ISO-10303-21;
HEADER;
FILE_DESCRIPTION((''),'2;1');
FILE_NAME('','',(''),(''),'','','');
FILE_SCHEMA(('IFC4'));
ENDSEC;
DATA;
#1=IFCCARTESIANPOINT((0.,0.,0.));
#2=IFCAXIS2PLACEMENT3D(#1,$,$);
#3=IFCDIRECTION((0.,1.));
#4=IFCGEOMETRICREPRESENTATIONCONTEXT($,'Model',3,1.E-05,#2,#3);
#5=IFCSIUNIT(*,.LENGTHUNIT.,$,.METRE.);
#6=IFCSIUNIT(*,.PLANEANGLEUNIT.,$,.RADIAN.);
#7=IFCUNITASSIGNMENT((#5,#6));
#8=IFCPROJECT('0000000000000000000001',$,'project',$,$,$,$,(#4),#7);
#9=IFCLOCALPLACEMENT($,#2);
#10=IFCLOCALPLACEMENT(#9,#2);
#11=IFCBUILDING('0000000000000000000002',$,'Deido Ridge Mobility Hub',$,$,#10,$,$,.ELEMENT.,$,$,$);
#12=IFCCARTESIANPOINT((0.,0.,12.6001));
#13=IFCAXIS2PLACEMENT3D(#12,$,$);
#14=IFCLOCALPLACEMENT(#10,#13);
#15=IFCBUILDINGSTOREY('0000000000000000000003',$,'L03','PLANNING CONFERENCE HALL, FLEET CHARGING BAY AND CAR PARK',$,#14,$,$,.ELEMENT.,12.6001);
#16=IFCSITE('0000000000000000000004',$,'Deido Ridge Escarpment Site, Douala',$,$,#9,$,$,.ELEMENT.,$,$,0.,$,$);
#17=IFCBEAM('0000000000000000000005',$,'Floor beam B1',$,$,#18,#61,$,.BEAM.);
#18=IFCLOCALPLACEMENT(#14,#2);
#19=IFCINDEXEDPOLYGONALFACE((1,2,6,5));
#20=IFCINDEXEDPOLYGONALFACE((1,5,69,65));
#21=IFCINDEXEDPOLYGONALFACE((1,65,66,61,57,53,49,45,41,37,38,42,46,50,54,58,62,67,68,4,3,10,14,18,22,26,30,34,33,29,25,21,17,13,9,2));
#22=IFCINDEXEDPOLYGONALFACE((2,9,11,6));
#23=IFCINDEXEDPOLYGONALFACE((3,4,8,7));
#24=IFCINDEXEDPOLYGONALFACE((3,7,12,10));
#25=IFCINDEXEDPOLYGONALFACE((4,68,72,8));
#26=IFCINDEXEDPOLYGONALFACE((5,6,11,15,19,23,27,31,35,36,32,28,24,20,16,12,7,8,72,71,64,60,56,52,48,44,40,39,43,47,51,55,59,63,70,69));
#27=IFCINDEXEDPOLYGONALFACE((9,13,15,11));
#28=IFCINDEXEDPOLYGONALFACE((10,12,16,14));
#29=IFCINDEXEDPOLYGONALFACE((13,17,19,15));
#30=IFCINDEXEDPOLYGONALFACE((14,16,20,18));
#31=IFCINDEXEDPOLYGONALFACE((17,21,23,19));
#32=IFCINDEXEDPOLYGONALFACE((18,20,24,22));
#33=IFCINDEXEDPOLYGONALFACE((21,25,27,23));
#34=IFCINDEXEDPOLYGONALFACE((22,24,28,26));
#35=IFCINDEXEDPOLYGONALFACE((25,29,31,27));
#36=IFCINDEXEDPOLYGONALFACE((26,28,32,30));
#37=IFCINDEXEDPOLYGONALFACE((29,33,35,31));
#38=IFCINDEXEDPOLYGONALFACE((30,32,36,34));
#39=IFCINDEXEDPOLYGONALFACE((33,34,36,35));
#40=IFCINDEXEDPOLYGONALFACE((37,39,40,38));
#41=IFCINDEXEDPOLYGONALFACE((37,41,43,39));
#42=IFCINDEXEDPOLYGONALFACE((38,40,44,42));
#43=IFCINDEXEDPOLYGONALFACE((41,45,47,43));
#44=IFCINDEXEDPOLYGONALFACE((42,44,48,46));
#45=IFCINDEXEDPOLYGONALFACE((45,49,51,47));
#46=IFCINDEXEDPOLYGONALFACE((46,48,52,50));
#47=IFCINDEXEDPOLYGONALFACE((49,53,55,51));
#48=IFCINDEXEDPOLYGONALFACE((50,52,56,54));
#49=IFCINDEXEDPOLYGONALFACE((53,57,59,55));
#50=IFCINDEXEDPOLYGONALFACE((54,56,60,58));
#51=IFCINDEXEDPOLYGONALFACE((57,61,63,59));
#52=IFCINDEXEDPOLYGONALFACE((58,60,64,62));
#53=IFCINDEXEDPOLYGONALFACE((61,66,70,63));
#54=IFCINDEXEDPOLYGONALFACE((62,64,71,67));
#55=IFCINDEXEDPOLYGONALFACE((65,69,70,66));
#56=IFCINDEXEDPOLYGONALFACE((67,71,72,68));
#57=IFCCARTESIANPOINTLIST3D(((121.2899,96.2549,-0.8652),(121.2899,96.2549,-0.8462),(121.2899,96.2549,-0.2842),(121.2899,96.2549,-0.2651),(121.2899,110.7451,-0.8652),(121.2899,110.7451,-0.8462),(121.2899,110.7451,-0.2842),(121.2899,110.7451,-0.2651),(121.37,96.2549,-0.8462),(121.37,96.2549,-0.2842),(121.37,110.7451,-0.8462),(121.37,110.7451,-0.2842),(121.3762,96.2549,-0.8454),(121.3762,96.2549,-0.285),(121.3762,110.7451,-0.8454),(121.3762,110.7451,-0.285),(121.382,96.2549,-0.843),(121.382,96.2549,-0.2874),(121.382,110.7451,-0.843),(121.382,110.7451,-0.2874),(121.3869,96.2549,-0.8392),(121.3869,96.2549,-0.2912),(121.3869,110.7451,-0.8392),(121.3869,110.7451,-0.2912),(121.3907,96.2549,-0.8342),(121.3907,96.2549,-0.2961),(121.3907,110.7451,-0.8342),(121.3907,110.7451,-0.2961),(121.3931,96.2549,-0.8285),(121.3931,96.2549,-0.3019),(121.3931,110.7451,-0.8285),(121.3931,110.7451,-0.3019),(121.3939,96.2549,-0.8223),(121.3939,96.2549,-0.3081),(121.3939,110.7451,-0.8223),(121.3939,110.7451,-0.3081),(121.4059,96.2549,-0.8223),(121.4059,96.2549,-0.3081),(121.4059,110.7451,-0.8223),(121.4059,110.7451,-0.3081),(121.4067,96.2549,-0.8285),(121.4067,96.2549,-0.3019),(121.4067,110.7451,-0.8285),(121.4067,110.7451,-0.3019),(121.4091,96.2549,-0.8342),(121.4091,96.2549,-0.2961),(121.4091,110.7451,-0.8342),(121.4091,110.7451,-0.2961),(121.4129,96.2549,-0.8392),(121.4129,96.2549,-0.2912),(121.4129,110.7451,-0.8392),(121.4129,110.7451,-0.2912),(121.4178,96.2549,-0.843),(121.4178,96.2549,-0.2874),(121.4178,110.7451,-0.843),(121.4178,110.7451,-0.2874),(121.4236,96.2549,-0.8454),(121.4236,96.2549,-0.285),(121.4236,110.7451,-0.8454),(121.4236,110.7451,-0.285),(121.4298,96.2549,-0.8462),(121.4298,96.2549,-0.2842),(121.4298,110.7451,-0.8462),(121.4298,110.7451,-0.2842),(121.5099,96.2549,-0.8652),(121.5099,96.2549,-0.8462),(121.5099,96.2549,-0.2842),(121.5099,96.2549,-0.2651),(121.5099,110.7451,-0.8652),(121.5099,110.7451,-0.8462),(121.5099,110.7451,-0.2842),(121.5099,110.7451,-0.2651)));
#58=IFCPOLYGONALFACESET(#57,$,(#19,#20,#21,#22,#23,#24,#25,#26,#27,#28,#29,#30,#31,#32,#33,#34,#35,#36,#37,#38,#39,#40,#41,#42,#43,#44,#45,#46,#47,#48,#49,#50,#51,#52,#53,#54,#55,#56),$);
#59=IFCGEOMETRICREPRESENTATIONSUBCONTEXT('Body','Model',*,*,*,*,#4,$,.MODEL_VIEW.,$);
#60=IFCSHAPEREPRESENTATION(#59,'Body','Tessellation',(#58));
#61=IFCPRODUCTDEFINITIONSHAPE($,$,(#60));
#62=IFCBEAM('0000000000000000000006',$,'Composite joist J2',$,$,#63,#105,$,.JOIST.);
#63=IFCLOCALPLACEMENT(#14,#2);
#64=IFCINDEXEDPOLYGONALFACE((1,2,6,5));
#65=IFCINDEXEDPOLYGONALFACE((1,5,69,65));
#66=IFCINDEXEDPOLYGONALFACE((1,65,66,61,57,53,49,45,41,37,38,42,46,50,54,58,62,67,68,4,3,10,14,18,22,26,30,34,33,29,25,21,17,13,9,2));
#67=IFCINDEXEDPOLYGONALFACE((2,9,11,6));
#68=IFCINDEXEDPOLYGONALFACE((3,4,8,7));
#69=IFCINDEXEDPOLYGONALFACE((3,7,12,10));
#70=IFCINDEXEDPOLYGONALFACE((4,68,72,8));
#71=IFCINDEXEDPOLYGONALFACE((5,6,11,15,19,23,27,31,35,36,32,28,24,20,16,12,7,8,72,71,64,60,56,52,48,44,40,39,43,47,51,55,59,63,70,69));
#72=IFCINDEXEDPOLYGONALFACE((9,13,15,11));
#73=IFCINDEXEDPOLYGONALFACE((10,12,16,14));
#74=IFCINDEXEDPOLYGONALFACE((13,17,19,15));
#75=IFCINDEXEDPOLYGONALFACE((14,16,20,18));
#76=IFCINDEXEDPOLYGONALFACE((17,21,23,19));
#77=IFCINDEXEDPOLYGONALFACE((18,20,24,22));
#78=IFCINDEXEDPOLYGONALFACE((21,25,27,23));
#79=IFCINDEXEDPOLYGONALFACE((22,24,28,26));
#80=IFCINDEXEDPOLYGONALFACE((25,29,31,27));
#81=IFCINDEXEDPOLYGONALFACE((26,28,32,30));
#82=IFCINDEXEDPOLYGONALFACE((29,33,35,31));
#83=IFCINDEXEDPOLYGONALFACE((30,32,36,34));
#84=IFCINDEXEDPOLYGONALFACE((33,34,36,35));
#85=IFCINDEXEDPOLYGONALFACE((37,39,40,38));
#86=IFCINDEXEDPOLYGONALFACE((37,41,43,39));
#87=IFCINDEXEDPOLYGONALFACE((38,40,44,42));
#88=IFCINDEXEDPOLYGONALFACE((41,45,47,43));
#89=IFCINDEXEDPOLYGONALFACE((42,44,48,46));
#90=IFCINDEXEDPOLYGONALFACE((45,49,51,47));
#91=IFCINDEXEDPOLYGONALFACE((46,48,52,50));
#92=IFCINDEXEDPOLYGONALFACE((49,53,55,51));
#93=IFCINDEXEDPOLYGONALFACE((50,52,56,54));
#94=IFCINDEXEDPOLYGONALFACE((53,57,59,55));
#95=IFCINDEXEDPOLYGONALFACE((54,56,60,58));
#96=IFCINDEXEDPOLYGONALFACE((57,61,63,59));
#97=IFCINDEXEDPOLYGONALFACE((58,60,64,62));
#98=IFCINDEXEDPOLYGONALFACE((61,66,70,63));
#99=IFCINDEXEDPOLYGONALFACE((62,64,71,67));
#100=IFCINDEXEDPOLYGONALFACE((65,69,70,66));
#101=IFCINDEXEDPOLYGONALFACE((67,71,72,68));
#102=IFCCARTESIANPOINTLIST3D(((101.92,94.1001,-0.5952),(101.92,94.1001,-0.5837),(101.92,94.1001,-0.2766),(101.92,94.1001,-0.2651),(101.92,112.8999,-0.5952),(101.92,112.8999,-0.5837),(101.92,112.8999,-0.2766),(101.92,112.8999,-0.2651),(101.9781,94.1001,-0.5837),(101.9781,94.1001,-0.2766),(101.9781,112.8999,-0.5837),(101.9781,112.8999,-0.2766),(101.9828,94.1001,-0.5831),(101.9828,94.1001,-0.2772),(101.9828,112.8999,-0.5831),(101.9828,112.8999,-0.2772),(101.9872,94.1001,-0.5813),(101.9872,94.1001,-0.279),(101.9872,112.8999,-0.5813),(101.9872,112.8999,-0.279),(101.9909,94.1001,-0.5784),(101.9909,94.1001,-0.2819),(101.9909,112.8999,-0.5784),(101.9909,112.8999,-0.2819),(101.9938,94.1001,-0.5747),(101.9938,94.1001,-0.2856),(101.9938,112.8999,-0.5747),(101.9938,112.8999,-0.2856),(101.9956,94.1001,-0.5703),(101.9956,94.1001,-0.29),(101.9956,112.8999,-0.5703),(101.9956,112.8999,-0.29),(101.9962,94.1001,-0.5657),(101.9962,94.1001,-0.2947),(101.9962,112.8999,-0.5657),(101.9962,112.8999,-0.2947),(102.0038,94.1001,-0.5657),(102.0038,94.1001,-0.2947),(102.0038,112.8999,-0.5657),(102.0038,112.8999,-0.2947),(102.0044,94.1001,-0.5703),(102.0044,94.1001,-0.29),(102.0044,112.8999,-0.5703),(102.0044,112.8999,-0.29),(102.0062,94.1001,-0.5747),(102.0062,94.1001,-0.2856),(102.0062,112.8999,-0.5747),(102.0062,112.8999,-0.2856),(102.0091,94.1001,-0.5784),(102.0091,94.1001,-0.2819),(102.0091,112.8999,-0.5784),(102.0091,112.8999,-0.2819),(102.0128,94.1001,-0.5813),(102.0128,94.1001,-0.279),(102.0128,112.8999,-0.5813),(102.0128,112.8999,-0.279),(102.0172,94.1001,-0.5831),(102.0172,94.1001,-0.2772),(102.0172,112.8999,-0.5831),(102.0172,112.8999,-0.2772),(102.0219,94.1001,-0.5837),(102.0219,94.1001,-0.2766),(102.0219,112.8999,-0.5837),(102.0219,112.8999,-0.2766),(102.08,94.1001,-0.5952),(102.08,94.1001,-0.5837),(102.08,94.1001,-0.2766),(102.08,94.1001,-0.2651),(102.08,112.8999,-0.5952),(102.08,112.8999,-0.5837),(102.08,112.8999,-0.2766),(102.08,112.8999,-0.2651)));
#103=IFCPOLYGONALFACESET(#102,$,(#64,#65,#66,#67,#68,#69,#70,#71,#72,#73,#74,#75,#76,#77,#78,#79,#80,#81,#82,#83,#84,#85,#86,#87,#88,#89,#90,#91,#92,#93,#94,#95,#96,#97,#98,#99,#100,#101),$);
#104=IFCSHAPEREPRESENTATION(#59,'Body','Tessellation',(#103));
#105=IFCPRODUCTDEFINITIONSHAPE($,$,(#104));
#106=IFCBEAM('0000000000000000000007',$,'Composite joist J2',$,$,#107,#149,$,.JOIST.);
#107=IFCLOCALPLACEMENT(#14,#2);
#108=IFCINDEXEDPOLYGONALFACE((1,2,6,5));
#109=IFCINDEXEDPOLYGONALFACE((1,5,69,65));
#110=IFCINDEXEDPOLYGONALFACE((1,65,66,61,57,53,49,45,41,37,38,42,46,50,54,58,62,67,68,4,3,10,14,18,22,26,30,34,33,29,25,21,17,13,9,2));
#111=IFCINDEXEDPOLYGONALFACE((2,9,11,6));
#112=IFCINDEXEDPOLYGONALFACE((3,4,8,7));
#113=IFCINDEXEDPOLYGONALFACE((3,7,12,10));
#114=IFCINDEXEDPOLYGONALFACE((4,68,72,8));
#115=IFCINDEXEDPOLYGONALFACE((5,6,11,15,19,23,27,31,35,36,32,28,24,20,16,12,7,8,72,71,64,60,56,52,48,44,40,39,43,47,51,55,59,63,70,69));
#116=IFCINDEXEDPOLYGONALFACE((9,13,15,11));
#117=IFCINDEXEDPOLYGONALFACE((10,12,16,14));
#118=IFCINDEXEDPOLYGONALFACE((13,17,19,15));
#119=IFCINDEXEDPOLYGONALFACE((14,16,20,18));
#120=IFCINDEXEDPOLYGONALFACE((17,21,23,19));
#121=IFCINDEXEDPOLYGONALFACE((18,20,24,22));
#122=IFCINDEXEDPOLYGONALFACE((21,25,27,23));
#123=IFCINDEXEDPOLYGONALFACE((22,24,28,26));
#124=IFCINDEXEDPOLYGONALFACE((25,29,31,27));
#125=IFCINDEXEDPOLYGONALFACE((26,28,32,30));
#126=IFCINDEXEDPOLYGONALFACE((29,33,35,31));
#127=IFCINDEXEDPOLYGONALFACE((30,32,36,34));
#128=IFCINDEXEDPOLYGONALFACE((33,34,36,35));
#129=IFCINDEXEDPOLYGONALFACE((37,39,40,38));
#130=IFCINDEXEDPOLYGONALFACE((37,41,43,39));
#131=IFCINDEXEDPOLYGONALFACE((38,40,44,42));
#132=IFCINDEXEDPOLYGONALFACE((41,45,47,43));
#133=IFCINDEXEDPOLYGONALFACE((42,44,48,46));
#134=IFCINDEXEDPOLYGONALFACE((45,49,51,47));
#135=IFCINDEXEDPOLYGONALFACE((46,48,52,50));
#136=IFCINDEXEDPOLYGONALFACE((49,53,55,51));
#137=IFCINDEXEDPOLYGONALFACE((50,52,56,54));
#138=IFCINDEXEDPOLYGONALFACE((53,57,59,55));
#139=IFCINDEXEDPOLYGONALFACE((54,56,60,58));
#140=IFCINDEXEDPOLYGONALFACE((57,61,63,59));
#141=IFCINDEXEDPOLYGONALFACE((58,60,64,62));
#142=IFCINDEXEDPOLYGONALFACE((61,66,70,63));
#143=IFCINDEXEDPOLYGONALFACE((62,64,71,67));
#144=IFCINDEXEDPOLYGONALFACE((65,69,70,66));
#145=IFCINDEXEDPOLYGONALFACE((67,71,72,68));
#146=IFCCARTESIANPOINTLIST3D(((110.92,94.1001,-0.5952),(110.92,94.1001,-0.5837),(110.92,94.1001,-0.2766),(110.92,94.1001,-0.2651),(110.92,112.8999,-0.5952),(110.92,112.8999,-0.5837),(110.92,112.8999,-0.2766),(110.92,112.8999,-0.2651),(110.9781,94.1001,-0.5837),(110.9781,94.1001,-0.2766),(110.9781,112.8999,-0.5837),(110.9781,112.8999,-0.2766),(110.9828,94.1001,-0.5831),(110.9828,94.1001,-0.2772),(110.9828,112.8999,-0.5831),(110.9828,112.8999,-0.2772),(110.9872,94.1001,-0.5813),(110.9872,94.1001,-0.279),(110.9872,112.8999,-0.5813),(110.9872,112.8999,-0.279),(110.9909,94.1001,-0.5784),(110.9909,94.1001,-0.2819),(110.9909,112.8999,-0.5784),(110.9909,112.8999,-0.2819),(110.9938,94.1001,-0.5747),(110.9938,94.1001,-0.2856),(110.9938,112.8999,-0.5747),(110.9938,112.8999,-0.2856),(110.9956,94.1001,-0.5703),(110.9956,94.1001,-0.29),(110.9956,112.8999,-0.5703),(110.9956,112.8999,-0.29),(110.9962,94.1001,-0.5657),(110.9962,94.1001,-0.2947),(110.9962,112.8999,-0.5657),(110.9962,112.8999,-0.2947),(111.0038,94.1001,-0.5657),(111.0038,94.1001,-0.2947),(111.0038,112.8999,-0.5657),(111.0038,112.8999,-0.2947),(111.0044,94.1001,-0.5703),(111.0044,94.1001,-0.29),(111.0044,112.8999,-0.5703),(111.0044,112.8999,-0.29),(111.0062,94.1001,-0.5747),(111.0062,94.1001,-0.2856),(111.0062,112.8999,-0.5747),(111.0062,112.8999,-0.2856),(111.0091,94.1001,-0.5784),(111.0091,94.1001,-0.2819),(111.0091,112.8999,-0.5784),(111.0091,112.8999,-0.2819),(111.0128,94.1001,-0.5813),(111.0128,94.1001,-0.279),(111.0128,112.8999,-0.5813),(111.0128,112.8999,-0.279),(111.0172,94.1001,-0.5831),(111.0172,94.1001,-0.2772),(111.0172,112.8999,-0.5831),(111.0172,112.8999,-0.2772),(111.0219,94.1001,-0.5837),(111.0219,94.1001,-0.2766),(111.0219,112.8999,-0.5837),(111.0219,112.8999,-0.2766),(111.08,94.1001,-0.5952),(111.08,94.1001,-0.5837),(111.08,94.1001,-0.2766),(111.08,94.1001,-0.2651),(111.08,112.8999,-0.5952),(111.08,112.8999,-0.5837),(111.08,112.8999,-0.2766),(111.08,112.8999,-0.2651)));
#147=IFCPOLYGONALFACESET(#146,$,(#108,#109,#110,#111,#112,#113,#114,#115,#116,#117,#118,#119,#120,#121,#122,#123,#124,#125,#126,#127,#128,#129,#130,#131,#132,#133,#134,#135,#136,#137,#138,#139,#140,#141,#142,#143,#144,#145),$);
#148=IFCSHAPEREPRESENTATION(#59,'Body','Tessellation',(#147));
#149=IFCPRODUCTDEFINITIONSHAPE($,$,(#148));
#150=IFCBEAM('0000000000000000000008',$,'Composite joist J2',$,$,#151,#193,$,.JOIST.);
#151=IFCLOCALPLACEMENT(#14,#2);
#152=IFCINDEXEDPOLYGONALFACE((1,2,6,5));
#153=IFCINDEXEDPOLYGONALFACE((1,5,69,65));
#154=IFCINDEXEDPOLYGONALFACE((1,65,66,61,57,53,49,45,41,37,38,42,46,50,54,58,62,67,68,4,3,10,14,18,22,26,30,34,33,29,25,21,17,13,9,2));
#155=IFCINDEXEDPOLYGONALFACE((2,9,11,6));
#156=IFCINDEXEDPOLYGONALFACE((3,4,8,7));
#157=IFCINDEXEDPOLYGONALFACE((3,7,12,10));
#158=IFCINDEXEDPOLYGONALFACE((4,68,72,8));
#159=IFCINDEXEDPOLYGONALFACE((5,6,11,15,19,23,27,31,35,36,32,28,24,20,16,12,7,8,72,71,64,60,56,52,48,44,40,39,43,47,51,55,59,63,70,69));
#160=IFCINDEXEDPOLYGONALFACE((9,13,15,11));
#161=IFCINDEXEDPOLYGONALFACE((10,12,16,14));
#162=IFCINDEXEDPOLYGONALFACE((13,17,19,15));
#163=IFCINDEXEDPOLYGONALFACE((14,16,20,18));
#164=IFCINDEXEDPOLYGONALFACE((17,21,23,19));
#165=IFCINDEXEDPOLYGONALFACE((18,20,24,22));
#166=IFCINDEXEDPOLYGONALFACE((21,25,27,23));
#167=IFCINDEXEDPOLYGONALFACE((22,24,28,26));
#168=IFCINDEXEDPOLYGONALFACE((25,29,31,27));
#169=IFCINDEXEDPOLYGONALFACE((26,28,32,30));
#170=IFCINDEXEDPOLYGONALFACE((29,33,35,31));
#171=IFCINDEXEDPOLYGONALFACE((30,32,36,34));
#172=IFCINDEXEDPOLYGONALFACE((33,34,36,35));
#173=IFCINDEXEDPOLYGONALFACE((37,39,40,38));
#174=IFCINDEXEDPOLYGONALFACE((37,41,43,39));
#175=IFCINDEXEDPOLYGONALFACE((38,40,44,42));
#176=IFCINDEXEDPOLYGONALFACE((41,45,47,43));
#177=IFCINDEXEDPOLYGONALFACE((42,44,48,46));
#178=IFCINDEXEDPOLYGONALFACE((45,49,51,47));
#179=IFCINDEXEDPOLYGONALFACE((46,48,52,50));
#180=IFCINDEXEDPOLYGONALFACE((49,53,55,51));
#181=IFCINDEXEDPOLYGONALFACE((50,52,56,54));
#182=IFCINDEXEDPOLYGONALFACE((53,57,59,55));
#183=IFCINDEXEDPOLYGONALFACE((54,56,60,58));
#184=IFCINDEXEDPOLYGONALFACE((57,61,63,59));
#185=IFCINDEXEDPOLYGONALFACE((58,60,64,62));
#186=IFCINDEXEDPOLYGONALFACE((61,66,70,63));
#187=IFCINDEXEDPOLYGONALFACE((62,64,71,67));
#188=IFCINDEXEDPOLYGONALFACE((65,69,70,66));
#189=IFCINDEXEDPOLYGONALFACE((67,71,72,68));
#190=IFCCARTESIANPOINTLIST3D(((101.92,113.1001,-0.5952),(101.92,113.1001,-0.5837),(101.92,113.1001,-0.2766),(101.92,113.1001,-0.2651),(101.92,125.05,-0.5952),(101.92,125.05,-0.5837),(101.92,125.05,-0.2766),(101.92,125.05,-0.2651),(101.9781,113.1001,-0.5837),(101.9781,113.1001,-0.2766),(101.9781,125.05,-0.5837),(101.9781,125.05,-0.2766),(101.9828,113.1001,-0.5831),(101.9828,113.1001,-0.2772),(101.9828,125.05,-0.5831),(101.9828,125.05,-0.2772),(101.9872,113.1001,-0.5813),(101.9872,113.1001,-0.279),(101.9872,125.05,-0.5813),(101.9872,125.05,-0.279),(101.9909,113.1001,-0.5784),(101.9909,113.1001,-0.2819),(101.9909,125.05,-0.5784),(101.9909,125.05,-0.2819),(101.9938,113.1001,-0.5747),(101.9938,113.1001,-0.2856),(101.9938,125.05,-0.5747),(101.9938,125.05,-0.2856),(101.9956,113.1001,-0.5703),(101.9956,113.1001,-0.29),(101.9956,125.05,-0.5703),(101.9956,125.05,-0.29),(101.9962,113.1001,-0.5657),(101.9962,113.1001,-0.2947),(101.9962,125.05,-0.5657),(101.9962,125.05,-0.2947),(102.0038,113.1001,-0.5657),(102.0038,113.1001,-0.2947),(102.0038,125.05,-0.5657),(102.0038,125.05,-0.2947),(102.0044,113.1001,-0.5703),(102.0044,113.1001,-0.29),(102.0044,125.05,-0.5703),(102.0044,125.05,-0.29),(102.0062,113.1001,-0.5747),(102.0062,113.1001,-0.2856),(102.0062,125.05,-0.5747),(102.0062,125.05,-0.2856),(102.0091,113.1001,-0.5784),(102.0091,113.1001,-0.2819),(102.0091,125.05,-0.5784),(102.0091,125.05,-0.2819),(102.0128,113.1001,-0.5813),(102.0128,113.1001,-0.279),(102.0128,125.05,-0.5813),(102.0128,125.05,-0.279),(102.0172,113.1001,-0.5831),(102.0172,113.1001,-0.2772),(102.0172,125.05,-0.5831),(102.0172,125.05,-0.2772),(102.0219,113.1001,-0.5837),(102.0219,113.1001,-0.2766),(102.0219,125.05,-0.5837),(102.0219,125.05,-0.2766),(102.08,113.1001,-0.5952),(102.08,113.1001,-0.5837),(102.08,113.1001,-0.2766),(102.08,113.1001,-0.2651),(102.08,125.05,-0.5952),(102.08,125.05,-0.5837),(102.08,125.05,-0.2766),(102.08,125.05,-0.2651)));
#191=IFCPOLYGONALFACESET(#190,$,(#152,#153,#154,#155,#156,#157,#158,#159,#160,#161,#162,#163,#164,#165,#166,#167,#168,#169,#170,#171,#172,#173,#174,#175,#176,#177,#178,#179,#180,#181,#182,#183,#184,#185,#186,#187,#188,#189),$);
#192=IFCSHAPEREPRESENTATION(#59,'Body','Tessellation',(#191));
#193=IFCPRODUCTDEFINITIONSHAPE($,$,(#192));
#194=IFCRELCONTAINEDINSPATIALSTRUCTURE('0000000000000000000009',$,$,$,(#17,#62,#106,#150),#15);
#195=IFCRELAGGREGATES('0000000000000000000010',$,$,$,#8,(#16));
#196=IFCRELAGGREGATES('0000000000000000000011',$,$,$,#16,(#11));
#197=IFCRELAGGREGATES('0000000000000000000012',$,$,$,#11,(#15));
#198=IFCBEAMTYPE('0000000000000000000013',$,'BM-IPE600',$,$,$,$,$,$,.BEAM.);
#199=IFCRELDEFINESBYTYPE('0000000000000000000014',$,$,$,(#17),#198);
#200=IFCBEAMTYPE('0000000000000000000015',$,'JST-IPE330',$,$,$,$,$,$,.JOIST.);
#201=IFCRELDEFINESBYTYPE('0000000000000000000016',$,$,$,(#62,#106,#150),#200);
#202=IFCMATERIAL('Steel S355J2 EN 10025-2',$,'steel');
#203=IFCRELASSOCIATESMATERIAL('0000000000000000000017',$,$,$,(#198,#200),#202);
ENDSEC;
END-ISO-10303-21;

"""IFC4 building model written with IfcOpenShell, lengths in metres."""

from ifc_helpers import new_model, si_unit, direction, frame, origin, origin_2d, place, context, subcontext, project, spatial, i_section, extrude, material, material_profile, profile_set, type_object, element, save


model = new_model("IFC4")

# Units and contexts
model_context = context("Model", 3, precision=1e-05, world=origin(), true_north=direction((0.0, 1.0)))
body_context = subcontext(model_context, "Body", "Model", "MODEL_VIEW")
ifc_project = project(units=[si_unit("LENGTHUNIT", "METRE"), si_unit("PLANEANGLEUNIT", "RADIAN")], contexts=[model_context])

# Site, building, storey
site_placement = place(None, origin())
site = spatial("IfcSite", under=ifc_project, at=site_placement, Name="Deido Ridge Escarpment Site, Douala", CompositionType="ELEMENT", RefElevation=0.0)
building_placement = place(site_placement, origin())
building = spatial("IfcBuilding", under=site, at=building_placement, Name="Deido Ridge Mobility Hub", CompositionType="ELEMENT")
storey_placement = place(building_placement, frame((0.0, 0.0, 12.6001)))
storey = spatial("IfcBuildingStorey", under=building, at=storey_placement, Name="L03", Description="PLANNING CONFERENCE HALL, FLEET CHARGING BAY AND CAR PARK", CompositionType="ELEMENT", Elevation=12.6001)

# Shared definitions
ifc_material_1 = material(Name="Steel S355J2 EN 10025-2", Category="steel")

# Beams
ifc_material_profile_1 = material_profile(ifc_material_1, i_section(OverallWidth=0.22, OverallDepth=0.6001, WebThickness=0.012, FlangeThickness=0.019, FilletRadius=0.0239, at=origin_2d()), Name="IPE 600")
ifc_profile_set_1 = profile_set([ifc_material_profile_1], Name="Steel S355J2 EN 10025-2")
beam_type_1 = type_object("IfcBeamType", Name="BM-IPE600", PredefinedType="BEAM", material=ifc_profile_set_1)
beam_1_placement = place(storey_placement, frame((121.3999, 96.2549, -0.5652), z_axis=(0.0, 1.0, 0.0), x_axis=(-1.0, 0.0, 0.0)))
element("IfcBeam", 1, at=beam_1_placement, inside=storey, type_object=beam_type_1, Name="Floor beam B1", PredefinedType="BEAM", context=body_context, shape_type="SweptSolid", body=[
    extrude(i_section(OverallWidth=0.22, OverallDepth=0.6001, WebThickness=0.012, FlangeThickness=0.019, FilletRadius=0.0239, at=origin_2d()), origin(), (0.0, 0.0, 1.0), 14.4902),
])
ifc_material_profile_2 = material_profile(ifc_material_1, i_section(OverallWidth=0.1599, OverallDepth=0.3301, WebThickness=0.0076, FlangeThickness=0.0115, FilletRadius=0.0181, at=origin_2d()), Name="IPE 330")
ifc_profile_set_2 = profile_set([ifc_material_profile_2], Name="Steel S355J2 EN 10025-2")
beam_type_2 = type_object("IfcBeamType", Name="JST-IPE330", PredefinedType="JOIST", material=ifc_profile_set_2)
for number, where, z_axis, x_axis, name in (
    (2, (102.0, 94.1001, -0.4302), (0.0, 1.0, 0.0), (-1.0, 0.0, 0.0), "Composite joist J2"),
    (3, (111.0, 94.1001, -0.4302), (0.0, 1.0, 0.0), (-1.0, 0.0, 0.0), "Composite joist J2"),
):
    element("IfcBeam", number, at=place(storey_placement, frame(where, z_axis=z_axis, x_axis=x_axis)), inside=storey, type_object=beam_type_2, Name=name, PredefinedType="JOIST", context=body_context, shape_type="SweptSolid", body=[
        extrude(i_section(OverallWidth=0.1599, OverallDepth=0.3301, WebThickness=0.0076, FlangeThickness=0.0115, FilletRadius=0.0181, at=origin_2d()), origin(), (0.0, 0.0, 1.0), 18.7998),
    ])
beam_2_placement = place(storey_placement, frame((102.0, 113.1001, -0.4302), z_axis=(0.0, 1.0, 0.0), x_axis=(-1.0, 0.0, 0.0)))
element("IfcBeam", 4, at=beam_2_placement, inside=storey, type_object=beam_type_2, Name="Composite joist J2", PredefinedType="JOIST", context=body_context, shape_type="SweptSolid", body=[
    extrude(i_section(OverallWidth=0.1599, OverallDepth=0.3301, WebThickness=0.0076, FlangeThickness=0.0115, FilletRadius=0.0181, at=origin_2d()), origin(), (0.0, 0.0, 1.0), 11.95),
])

save(model, "model.ifc")
